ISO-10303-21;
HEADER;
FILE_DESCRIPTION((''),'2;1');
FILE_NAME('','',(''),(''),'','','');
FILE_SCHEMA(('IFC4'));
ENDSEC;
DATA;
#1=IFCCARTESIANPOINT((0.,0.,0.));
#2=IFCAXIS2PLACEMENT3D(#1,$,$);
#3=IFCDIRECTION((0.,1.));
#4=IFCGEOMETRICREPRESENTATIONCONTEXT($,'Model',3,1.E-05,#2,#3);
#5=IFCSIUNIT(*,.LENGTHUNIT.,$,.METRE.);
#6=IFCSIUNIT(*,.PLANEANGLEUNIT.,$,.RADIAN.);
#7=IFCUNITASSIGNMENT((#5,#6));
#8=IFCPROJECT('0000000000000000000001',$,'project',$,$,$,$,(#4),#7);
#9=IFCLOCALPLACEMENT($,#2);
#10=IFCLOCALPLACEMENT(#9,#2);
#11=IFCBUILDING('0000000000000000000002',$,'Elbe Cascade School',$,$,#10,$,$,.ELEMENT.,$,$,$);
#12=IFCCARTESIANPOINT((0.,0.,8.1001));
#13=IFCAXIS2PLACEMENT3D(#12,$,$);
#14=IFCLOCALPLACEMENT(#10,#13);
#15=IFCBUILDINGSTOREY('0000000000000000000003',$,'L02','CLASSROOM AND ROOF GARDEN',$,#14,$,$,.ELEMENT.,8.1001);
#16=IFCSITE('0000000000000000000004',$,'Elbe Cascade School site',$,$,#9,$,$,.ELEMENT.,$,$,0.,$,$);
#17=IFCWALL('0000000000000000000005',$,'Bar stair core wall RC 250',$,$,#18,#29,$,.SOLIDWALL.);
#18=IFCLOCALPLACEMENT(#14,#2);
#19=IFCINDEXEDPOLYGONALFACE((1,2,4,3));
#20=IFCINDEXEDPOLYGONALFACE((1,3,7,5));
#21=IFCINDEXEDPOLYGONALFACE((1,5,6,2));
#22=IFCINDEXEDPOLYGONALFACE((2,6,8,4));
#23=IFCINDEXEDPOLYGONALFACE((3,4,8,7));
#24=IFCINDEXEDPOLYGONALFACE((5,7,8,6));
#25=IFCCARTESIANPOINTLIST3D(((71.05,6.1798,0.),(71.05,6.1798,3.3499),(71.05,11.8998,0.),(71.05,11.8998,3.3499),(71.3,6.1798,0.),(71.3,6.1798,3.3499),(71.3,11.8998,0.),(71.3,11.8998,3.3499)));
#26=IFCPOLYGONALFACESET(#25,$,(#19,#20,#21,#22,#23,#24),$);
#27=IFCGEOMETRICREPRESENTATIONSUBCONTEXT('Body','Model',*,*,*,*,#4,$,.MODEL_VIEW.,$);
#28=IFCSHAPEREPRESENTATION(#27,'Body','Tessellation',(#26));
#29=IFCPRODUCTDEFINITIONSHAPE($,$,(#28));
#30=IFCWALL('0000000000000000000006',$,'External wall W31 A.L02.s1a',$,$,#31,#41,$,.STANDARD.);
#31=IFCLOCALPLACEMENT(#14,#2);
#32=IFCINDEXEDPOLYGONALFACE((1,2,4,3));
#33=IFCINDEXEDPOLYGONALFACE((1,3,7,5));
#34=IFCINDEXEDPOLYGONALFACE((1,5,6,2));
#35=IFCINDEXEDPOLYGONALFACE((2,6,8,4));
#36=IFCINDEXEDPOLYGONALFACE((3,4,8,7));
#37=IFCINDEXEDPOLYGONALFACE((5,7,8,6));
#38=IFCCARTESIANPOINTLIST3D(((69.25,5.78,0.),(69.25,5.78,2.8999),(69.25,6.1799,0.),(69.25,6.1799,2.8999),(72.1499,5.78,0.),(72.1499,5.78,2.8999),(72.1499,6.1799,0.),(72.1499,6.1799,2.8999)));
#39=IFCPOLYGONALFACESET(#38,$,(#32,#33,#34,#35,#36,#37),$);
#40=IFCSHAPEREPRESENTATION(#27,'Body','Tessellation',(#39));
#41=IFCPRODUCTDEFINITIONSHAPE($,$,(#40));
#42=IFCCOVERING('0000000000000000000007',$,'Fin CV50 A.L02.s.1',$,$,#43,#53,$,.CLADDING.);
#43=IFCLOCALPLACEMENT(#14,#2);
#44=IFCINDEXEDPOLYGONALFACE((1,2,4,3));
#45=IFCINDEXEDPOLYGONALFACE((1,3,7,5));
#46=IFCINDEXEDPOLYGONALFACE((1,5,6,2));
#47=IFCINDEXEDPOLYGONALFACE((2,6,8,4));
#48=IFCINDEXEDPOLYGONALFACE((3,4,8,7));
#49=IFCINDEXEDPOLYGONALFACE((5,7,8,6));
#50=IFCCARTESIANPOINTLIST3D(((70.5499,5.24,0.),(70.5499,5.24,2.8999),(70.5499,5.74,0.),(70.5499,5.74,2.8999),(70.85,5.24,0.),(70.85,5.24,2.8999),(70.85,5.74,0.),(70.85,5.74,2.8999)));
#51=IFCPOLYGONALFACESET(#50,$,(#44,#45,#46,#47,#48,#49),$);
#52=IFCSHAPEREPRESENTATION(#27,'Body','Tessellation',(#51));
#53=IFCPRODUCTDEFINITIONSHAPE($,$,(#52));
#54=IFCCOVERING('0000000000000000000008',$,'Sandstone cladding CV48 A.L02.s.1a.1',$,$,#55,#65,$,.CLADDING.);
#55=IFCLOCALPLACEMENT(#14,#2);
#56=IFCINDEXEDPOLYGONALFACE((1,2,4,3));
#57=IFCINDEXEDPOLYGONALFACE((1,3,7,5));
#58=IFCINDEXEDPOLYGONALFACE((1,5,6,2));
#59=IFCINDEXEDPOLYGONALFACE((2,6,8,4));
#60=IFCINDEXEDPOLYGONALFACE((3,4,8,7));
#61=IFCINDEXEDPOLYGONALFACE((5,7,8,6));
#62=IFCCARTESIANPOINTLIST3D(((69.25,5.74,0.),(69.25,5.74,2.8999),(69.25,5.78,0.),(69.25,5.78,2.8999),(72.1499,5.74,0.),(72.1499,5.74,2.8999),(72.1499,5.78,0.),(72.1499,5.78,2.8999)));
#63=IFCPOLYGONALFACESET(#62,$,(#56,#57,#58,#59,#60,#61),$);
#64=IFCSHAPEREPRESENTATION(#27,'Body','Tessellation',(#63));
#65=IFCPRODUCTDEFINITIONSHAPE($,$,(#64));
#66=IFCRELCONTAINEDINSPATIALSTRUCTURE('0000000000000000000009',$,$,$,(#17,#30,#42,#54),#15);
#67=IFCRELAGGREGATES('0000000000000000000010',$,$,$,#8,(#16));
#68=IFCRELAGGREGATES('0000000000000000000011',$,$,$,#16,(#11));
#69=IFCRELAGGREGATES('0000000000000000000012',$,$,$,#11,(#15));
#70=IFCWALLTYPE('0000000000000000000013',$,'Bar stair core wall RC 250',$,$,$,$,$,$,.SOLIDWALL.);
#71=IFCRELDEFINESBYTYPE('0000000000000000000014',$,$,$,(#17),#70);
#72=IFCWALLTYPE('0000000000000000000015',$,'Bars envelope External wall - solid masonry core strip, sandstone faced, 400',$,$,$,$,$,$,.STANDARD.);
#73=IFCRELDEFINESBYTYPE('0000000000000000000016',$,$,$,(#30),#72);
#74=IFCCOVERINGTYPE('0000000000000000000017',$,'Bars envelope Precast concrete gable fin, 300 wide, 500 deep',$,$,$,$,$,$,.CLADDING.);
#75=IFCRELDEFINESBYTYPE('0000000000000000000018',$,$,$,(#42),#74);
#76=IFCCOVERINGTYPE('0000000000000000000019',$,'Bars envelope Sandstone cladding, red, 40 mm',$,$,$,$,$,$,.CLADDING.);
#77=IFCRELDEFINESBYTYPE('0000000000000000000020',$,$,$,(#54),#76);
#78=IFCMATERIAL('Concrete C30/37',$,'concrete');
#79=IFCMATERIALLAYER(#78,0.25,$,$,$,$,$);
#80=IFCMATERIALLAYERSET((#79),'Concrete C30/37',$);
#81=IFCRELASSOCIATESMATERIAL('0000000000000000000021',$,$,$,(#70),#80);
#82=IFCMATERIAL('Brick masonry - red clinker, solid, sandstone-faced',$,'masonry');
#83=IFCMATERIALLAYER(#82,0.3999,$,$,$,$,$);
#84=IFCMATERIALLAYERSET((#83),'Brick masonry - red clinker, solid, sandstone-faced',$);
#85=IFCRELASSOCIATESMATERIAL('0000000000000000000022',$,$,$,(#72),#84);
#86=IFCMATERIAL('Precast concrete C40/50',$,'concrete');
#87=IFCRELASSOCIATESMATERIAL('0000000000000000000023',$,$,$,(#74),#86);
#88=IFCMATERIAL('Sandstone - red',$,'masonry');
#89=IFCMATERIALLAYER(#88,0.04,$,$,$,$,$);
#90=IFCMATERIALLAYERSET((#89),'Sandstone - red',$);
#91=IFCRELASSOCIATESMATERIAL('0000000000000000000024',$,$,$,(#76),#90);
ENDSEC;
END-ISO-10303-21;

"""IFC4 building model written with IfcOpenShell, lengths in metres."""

from ifc_helpers import new_model, si_unit, direction, frame, frame_2d, origin, origin_2d, place, context, subcontext, project, spatial, rectangle, extrude, material, layer, layer_set, type_object, element, save


model = new_model("IFC4")

# Units and contexts
model_context = context("Model", 3, precision=1e-05, world=origin(), true_north=direction((0.0, 1.0)))
body_context = subcontext(model_context, "Body", "Model", "MODEL_VIEW")
ifc_project = project(units=[si_unit("LENGTHUNIT", "METRE"), si_unit("PLANEANGLEUNIT", "RADIAN")], contexts=[model_context])

# Site, building, storey
site_placement = place(None, origin())
site = spatial("IfcSite", under=ifc_project, at=site_placement, Name="Elbe Cascade School site", CompositionType="ELEMENT", RefElevation=0.0)
building_placement = place(site_placement, origin())
building = spatial("IfcBuilding", under=site, at=building_placement, Name="Elbe Cascade School", CompositionType="ELEMENT")
storey_placement = place(building_placement, frame((0.0, 0.0, 8.1001)))
storey = spatial("IfcBuildingStorey", under=building, at=storey_placement, Name="L02", Description="CLASSROOM AND ROOF GARDEN", CompositionType="ELEMENT", Elevation=8.1001)

# Walls
ifc_material_1 = material(Name="Concrete C30/37", Category="concrete")
ifc_layer_1 = layer(ifc_material_1, 0.25)
ifc_layer_set_1 = layer_set([ifc_layer_1], Name="Concrete C30/37")
wall_type_1 = type_object("IfcWallType", Name="Bar stair core wall RC 250", PredefinedType="SOLIDWALL", material=ifc_layer_set_1)
wall_1_placement = place(storey_placement, frame((71.175, 6.1799, 0.0), z_axis=(0.0, 0.0, 1.0), x_axis=(0.0, 1.0, 0.0)))
element("IfcWall", 1, at=wall_1_placement, inside=storey, type_object=wall_type_1, Name="Bar stair core wall RC 250", PredefinedType="SOLIDWALL", context=body_context, shape_type="SweptSolid", body=[
    extrude(rectangle(XDim=5.72, YDim=0.25, at=frame_2d((2.8599, 0.0))), origin(), (0.0, 0.0, 1.0), 3.3499),
])
ifc_material_2 = material(Name="Brick masonry - red clinker, solid, sandstone-faced", Category="masonry")
ifc_layer_2 = layer(ifc_material_2, 0.3999)
ifc_layer_set_2 = layer_set([ifc_layer_2], Name="Brick masonry - red clinker, solid, sandstone-faced")
wall_type_2 = type_object("IfcWallType", Name="Bars envelope External wall - solid masonry core strip, sandstone faced, 400", PredefinedType="STANDARD", material=ifc_layer_set_2)
wall_2_placement = place(storey_placement, frame((72.1499, 5.98, 0.0), z_axis=(0.0, 0.0, 1.0), x_axis=(-1.0, 0.0, 0.0)))
element("IfcWall", 2, at=wall_2_placement, inside=storey, type_object=wall_type_2, Name="External wall W31 A.L02.s1a", PredefinedType="STANDARD", context=body_context, shape_type="SweptSolid", body=[
    extrude(rectangle(XDim=2.8999, YDim=0.3999, at=frame_2d((1.45, 0.0))), origin(), (0.0, 0.0, 1.0), 2.8999),
])

# Coverings
ifc_material_3 = material(Name="Precast concrete C40/50", Category="concrete")
covering_type_1 = type_object("IfcCoveringType", Name="Bars envelope Precast concrete gable fin, 300 wide, 500 deep", PredefinedType="CLADDING", material=ifc_material_3)
covering_1_placement = place(storey_placement, frame((70.7, 5.49, 0.0), z_axis=(0.0, 0.0, 1.0), x_axis=(1.0, 0.0, 0.0)))
element("IfcCovering", 3, at=covering_1_placement, inside=storey, type_object=covering_type_1, Name="Fin CV50 A.L02.s.1", PredefinedType="CLADDING", context=body_context, shape_type="SweptSolid", body=[
    extrude(rectangle(XDim=0.3, YDim=0.5, at=origin_2d()), origin(), (0.0, 0.0, 1.0), 2.8999),
])
ifc_material_4 = material(Name="Sandstone - red", Category="masonry")
ifc_layer_3 = layer(ifc_material_4, 0.04)
ifc_layer_set_3 = layer_set([ifc_layer_3], Name="Sandstone - red")
covering_type_2 = type_object("IfcCoveringType", Name="Bars envelope Sandstone cladding, red, 40 mm", PredefinedType="CLADDING", material=ifc_layer_set_3)
covering_2_placement = place(storey_placement, frame((70.7, 5.76, 0.0), z_axis=(0.0, 0.0, 1.0), x_axis=(1.0, 0.0, 0.0)))
element("IfcCovering", 4, at=covering_2_placement, inside=storey, type_object=covering_type_2, Name="Sandstone cladding CV48 A.L02.s.1a.1", PredefinedType="CLADDING", context=body_context, shape_type="SweptSolid", body=[
    extrude(rectangle(XDim=2.8999, YDim=0.04, at=origin_2d()), origin(), (0.0, 0.0, 1.0), 2.8999),
])

save(model, "model.ifc")
